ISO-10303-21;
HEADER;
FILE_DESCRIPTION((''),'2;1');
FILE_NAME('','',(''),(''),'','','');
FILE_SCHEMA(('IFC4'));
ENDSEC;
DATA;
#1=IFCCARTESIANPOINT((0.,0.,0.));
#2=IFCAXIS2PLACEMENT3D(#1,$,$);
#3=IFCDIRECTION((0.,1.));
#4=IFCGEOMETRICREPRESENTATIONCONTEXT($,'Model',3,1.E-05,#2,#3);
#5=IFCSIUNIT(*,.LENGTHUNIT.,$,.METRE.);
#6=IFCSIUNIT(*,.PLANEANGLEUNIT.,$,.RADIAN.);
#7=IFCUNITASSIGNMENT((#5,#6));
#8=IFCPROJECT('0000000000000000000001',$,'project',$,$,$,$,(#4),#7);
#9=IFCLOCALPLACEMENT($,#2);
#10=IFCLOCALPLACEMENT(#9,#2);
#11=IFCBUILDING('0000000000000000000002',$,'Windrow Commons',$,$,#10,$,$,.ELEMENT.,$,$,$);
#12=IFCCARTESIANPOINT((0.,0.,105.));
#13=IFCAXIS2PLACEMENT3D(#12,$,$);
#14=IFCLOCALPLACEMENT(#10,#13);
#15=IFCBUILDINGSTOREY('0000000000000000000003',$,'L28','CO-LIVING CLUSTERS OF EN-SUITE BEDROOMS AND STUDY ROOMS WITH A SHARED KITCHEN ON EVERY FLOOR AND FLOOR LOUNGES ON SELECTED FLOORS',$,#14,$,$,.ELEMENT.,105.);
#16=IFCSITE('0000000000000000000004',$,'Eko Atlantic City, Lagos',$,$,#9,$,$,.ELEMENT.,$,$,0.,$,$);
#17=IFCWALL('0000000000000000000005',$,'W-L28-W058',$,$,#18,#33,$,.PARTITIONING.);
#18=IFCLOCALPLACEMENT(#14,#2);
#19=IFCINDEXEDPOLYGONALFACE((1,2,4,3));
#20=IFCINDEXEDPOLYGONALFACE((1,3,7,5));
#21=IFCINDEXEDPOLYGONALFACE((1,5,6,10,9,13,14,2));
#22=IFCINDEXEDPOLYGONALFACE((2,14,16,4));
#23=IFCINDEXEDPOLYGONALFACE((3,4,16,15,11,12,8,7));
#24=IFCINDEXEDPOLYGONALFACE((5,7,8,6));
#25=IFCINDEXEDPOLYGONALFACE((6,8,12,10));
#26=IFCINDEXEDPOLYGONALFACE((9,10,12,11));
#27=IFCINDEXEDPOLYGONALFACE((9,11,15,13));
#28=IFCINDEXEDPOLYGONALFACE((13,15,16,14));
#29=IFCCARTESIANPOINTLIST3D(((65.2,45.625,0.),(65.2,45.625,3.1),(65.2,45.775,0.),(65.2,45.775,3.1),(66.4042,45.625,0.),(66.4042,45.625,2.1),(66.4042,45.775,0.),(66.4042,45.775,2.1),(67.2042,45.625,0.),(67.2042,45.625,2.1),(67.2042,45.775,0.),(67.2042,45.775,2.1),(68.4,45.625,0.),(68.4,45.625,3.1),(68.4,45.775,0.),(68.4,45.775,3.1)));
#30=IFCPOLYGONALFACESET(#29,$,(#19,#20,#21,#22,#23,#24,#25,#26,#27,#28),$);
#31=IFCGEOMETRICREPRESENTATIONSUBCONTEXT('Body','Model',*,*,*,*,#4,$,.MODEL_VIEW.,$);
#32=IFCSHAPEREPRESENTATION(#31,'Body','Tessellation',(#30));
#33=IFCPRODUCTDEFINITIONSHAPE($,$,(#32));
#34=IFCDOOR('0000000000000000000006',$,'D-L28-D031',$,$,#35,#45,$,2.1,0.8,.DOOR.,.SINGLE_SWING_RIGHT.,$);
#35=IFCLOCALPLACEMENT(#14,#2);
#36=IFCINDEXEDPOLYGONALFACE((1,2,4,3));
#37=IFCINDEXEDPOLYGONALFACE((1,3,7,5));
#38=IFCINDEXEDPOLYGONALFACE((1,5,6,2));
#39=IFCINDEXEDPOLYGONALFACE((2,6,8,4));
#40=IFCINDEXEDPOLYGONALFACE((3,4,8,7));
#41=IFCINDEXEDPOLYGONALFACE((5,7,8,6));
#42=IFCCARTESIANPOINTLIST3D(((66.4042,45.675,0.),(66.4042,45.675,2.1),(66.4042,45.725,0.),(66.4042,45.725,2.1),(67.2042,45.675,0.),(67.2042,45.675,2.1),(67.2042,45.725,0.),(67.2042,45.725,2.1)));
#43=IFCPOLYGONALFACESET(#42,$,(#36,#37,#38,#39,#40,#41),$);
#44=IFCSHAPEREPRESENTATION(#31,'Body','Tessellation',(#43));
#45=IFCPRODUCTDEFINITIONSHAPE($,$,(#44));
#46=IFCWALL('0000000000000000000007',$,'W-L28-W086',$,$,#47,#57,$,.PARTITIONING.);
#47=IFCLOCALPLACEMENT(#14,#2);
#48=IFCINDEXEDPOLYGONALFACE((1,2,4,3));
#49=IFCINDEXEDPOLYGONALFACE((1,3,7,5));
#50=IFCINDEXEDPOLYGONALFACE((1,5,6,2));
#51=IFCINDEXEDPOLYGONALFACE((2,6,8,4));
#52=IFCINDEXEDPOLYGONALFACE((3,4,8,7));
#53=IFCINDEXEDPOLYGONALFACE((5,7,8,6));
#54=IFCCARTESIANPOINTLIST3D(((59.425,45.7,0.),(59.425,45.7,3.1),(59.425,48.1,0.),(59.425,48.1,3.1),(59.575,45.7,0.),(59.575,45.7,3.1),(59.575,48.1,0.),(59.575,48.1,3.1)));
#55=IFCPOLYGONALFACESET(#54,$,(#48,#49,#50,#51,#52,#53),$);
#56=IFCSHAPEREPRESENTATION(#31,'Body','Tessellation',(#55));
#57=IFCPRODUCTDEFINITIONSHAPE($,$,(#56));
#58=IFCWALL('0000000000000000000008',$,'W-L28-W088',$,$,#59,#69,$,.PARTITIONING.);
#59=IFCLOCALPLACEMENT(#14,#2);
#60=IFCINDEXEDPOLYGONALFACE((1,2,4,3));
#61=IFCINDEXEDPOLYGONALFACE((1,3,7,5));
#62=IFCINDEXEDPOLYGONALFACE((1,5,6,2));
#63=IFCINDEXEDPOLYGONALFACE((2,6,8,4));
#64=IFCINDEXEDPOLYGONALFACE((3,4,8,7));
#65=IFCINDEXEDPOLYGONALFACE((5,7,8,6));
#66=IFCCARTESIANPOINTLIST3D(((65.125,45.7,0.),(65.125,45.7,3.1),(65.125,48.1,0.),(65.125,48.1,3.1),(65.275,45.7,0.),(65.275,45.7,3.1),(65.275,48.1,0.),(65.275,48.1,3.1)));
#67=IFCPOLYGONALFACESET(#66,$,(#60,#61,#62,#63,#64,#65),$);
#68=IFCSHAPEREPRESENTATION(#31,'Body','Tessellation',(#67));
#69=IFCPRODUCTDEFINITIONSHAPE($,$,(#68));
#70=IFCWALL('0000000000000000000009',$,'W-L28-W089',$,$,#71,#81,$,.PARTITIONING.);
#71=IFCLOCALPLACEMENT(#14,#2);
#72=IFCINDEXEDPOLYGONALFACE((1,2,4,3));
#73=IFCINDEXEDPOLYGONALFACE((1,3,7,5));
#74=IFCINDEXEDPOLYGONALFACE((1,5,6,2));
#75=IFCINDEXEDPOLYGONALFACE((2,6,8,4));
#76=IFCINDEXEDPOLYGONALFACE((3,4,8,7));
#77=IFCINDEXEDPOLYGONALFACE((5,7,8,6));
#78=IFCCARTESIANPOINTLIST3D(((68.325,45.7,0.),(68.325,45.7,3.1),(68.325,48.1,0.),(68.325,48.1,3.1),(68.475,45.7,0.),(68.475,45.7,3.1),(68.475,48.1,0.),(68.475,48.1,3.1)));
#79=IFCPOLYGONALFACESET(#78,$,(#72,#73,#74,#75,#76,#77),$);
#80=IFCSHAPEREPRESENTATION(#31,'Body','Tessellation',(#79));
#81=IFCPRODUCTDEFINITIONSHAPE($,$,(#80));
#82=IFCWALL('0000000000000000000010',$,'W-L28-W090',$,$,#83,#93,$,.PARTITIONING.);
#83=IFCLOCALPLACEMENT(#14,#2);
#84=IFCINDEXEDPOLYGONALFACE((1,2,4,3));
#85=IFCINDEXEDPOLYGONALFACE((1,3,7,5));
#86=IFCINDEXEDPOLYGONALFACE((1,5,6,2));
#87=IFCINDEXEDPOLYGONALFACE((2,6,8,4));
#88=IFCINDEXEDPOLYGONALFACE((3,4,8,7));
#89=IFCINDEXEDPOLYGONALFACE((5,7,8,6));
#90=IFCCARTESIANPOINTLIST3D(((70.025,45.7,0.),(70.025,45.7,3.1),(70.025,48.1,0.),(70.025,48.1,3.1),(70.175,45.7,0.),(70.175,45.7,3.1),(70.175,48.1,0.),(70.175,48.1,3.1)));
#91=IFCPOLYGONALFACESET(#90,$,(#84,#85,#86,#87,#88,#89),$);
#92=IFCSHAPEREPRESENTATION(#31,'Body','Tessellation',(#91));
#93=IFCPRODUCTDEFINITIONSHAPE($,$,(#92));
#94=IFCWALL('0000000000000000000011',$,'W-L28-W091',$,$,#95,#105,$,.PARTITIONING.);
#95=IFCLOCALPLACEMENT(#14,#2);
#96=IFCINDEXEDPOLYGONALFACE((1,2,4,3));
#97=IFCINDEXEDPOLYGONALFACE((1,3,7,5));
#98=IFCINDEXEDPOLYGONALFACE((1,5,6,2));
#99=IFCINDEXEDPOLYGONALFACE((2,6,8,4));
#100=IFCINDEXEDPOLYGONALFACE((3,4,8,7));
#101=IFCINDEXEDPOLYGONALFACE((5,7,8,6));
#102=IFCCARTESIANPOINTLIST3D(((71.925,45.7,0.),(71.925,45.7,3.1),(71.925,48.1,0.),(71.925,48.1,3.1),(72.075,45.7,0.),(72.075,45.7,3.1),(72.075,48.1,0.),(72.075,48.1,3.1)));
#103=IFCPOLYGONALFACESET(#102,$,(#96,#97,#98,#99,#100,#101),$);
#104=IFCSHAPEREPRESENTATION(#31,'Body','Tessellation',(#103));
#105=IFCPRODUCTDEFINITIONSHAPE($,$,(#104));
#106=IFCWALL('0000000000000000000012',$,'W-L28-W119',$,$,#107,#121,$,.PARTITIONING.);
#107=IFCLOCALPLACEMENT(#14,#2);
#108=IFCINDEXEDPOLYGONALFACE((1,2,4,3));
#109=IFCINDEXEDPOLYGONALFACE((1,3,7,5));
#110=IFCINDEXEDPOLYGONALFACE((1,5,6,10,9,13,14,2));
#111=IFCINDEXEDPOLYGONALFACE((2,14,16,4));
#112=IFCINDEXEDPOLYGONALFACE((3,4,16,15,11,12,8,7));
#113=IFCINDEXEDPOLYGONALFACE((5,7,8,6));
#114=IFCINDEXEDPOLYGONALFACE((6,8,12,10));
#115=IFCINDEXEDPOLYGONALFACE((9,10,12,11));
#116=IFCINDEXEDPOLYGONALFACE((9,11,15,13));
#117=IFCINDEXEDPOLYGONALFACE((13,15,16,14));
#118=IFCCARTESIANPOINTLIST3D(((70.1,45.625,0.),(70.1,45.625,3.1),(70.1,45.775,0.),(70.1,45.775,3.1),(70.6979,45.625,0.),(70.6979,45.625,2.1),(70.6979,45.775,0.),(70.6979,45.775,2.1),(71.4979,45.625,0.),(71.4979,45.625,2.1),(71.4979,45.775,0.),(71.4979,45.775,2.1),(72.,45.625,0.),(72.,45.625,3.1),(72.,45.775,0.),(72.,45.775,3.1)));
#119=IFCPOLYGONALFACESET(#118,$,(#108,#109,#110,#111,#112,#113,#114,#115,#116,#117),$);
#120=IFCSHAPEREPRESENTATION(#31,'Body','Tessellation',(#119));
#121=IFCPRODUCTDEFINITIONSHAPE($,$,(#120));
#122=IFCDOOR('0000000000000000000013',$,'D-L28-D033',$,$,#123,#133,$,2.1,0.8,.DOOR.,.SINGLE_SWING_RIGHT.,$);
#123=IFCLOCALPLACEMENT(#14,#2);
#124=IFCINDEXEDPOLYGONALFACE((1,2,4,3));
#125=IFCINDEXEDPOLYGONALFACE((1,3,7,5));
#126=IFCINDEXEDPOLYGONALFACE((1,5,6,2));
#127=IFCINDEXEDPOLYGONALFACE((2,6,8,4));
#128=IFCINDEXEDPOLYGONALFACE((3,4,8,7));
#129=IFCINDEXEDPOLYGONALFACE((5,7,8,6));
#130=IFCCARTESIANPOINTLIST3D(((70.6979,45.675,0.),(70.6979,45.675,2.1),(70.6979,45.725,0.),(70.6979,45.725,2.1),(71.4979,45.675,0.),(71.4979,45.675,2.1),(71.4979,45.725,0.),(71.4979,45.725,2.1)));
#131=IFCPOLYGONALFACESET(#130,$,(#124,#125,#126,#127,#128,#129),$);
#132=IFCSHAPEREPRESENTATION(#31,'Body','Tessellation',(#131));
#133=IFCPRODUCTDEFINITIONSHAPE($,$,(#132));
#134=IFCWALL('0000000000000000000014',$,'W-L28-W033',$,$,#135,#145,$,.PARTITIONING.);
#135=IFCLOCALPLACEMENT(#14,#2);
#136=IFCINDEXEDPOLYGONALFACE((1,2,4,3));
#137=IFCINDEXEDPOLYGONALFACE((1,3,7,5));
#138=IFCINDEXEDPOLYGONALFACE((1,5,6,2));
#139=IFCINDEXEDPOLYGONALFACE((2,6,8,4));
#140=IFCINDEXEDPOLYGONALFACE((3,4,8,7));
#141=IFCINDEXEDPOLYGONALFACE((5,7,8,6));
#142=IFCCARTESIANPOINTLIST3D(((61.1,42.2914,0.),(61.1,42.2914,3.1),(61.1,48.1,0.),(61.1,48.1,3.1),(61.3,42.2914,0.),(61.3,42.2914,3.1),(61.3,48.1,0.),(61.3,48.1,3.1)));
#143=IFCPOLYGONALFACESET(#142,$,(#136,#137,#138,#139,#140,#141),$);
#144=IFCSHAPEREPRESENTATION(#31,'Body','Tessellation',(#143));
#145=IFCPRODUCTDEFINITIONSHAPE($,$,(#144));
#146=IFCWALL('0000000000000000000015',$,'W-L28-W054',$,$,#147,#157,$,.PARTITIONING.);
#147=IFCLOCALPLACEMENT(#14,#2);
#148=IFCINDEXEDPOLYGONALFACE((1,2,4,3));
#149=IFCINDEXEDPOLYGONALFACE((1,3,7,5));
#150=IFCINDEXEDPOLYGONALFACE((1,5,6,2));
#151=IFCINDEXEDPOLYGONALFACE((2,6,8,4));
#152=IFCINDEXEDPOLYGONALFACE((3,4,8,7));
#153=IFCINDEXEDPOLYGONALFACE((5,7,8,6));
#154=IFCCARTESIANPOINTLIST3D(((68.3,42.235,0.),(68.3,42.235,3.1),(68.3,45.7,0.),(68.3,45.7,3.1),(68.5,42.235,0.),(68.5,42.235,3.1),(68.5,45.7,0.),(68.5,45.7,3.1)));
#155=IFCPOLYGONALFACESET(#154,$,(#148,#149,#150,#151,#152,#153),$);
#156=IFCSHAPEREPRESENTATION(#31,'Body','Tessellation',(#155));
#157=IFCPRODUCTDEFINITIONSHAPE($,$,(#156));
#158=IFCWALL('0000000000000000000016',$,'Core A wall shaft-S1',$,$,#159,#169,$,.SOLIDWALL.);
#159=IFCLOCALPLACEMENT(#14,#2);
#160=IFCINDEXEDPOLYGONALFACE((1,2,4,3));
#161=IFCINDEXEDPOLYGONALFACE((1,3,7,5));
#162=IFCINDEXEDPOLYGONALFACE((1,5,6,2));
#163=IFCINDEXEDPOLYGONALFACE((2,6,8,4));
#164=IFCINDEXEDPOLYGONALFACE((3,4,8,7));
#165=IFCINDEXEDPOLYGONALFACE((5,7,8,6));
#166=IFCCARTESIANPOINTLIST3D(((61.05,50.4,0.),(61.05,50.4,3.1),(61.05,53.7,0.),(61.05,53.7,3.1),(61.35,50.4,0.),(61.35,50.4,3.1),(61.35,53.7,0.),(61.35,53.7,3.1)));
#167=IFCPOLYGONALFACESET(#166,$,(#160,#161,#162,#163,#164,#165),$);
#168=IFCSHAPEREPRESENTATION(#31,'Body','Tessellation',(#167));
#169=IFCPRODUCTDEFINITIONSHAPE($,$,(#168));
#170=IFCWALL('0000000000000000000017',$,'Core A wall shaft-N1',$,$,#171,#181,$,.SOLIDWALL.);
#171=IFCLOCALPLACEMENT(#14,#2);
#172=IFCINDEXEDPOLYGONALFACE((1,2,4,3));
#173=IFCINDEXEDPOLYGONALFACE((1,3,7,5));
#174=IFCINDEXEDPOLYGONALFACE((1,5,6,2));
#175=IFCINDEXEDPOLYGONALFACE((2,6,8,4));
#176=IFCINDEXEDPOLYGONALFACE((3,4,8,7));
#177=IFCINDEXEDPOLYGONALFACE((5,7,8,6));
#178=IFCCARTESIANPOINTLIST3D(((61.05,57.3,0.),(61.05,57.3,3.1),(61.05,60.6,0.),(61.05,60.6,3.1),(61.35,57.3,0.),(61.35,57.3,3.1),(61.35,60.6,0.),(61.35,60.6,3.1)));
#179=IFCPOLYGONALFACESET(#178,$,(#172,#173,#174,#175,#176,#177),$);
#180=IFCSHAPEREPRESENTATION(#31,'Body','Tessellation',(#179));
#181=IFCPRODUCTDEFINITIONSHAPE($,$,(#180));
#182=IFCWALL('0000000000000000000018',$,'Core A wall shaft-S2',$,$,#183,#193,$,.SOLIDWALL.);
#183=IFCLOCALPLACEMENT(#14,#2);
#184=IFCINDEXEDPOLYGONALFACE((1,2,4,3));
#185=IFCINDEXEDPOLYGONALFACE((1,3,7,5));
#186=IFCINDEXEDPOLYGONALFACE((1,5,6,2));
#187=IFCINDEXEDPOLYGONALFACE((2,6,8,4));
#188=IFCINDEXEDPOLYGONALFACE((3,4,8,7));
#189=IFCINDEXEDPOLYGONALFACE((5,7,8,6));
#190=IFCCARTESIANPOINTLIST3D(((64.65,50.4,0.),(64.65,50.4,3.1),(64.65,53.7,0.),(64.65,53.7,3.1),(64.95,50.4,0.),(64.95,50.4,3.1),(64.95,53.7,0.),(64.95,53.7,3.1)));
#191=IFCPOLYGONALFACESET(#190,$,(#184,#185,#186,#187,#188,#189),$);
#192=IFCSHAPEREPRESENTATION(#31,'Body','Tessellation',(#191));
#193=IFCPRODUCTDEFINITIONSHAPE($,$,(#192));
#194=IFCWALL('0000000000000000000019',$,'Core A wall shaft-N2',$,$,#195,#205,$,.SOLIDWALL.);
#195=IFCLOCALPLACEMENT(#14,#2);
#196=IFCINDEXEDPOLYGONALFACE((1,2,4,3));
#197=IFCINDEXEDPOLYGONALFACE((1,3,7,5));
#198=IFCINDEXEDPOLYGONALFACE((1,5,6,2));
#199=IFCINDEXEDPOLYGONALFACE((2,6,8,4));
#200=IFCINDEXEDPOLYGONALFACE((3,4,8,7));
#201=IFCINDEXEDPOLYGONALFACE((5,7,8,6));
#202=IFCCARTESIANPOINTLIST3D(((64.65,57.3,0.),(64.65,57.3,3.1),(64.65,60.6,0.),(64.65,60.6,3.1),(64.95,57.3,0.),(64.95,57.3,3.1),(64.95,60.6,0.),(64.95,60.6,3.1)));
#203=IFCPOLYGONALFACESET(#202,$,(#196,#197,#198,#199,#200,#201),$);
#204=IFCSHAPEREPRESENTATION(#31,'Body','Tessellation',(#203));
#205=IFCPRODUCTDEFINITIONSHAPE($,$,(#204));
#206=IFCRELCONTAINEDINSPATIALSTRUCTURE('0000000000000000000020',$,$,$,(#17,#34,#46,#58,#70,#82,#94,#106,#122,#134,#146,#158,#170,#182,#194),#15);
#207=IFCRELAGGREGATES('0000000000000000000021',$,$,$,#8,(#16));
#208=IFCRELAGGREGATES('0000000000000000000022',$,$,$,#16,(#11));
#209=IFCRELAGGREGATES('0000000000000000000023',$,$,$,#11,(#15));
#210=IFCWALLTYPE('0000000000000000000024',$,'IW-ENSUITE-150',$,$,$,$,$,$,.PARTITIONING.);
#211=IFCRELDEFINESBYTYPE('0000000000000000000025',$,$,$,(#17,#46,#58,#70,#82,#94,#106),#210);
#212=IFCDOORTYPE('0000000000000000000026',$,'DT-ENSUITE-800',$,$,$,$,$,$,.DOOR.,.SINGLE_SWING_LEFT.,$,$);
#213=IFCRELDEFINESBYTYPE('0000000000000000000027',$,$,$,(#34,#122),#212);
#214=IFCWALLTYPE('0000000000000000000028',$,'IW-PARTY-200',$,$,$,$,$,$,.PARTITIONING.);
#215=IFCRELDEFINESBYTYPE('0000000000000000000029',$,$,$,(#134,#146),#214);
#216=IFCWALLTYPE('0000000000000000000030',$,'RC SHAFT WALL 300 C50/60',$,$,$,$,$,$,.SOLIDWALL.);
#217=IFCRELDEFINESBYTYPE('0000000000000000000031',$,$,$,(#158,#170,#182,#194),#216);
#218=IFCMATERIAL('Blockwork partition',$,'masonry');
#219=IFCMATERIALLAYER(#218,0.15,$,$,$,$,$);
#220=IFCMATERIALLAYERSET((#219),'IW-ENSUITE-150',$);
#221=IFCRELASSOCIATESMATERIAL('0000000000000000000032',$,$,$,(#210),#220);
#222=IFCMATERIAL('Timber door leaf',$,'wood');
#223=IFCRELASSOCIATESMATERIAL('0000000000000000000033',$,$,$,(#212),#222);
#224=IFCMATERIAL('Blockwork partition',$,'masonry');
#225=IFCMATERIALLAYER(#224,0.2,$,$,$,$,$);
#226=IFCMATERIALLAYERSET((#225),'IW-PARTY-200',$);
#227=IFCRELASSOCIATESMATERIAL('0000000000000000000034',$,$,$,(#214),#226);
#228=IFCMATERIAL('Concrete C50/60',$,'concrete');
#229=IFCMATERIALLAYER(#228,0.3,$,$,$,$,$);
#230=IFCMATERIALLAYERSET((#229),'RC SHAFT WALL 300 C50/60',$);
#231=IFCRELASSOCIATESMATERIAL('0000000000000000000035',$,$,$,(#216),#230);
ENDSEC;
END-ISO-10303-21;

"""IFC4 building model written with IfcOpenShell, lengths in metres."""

from ifc_helpers import new_model, si_unit, direction, frame, frame_2d, origin, place, context, subcontext, project, spatial, rectangle, extrude, material, layer, layer_set, type_object, element, fill, save


model = new_model("IFC4")

# Units and contexts
model_context = context("Model", 3, precision=1e-05, world=origin(), true_north=direction((0.0, 1.0)))
body_context = subcontext(model_context, "Body", "Model", "MODEL_VIEW")
ifc_project = project(units=[si_unit("LENGTHUNIT", "METRE"), si_unit("PLANEANGLEUNIT", "RADIAN")], contexts=[model_context])

# Site, building, storey
site_placement = place(None, origin())
site = spatial("IfcSite", under=ifc_project, at=site_placement, Name="Eko Atlantic City, Lagos", CompositionType="ELEMENT", RefElevation=0.0)
building_placement = place(site_placement, origin())
building = spatial("IfcBuilding", under=site, at=building_placement, Name="Windrow Commons", CompositionType="ELEMENT")
storey_placement = place(building_placement, frame((0.0, 0.0, 105.0)))
storey = spatial("IfcBuildingStorey", under=building, at=storey_placement, Name="L28", Description="CO-LIVING CLUSTERS OF EN-SUITE BEDROOMS AND STUDY ROOMS WITH A SHARED KITCHEN ON EVERY FLOOR AND FLOOR LOUNGES ON SELECTED FLOORS", CompositionType="ELEMENT", Elevation=105.0)

# Wall, opening, door
ifc_material_1 = material(Name="Blockwork partition", Category="masonry")
ifc_layer_1 = layer(ifc_material_1, 0.15)
ifc_layer_set_1 = layer_set([ifc_layer_1], Name="IW-ENSUITE-150")
wall_type_1 = type_object("IfcWallType", Name="IW-ENSUITE-150", PredefinedType="PARTITIONING", material=ifc_layer_set_1)
wall_1_placement = place(storey_placement, frame((65.2, 45.7, 0.0), z_axis=(0.0, 0.0, 1.0), x_axis=(1.0, 0.0, 0.0)))
wall_1 = element("IfcWall", 1, at=wall_1_placement, inside=storey, type_object=wall_type_1, Name="W-L28-W058", PredefinedType="PARTITIONING", context=body_context, shape_type="SweptSolid", body=[
    extrude(rectangle(XDim=3.2, YDim=0.15, at=frame_2d((1.6, 0.0))), origin(), (0.0, 0.0, 1.0), 3.1),
])
opening_1_placement = place(wall_1_placement, frame((1.2042, 0.0, 0.0)))
opening_1 = element("IfcOpeningElement", 2, at=opening_1_placement, cuts=wall_1, PredefinedType="OPENING", context=body_context, shape_type="SweptSolid", body=[
    extrude(rectangle(XDim=0.8, YDim=2.1, at=frame_2d((0.4, 1.05))), frame((0.0, 0.085, 0.0), z_axis=(0.0, -1.0, 0.0), x_axis=(1.0, 0.0, 0.0)), (0.0, 0.0, 1.0), 0.17),
])
ifc_material_2 = material(Name="Timber door leaf", Category="wood")
door_type = type_object("IfcDoorType", Name="DT-ENSUITE-800", OperationType="SINGLE_SWING_LEFT", PredefinedType="DOOR", material=ifc_material_2)
door_1_placement = place(opening_1_placement, origin())
door_1 = element("IfcDoor", 3, at=door_1_placement, inside=storey, type_object=door_type, Name="D-L28-D031", OperationType="SINGLE_SWING_RIGHT", OverallHeight=2.1, OverallWidth=0.8, PredefinedType="DOOR", context=body_context, shape_type="SweptSolid", body=[
    extrude(rectangle(XDim=0.8, YDim=2.1, at=frame_2d((0.4, 1.05))), frame((0.0, 0.025, 0.0), z_axis=(0.0, -1.0, 0.0), x_axis=(1.0, 0.0, 0.0)), (0.0, 0.0, 1.0), 0.05),
])
fill(opening_1, door_1)

# Walls
for number, where, z_axis, x_axis, name in (
    (4, (59.5, 45.7, 0.0), (0.0, 0.0, 1.0), (0.0, 1.0, 0.0), "W-L28-W086"),
    (5, (65.2, 45.7, 0.0), (0.0, 0.0, 1.0), (0.0, 1.0, 0.0), "W-L28-W088"),
    (6, (68.4, 45.7, 0.0), (0.0, 0.0, 1.0), (0.0, 1.0, 0.0), "W-L28-W089"),
    (7, (70.1, 45.7, 0.0), (0.0, 0.0, 1.0), (0.0, 1.0, 0.0), "W-L28-W090"),
    (8, (72.0, 45.7, 0.0), (0.0, 0.0, 1.0), (0.0, 1.0, 0.0), "W-L28-W091"),
):
    element("IfcWall", number, at=place(storey_placement, frame(where, z_axis=z_axis, x_axis=x_axis)), inside=storey, type_object=wall_type_1, Name=name, PredefinedType="PARTITIONING", context=body_context, shape_type="SweptSolid", body=[
        extrude(rectangle(XDim=2.4, YDim=0.15, at=frame_2d((1.2, 0.0))), origin(), (0.0, 0.0, 1.0), 3.1),
    ])

# Wall, opening, door
wall_2_placement = place(storey_placement, frame((70.1, 45.7, 0.0), z_axis=(0.0, 0.0, 1.0), x_axis=(1.0, 0.0, 0.0)))
wall_2 = element("IfcWall", 9, at=wall_2_placement, inside=storey, type_object=wall_type_1, Name="W-L28-W119", PredefinedType="PARTITIONING", context=body_context, shape_type="SweptSolid", body=[
    extrude(rectangle(XDim=1.9, YDim=0.15, at=frame_2d((0.95, 0.0))), origin(), (0.0, 0.0, 1.0), 3.1),
])
opening_2_placement = place(wall_2_placement, frame((0.5979, 0.0, 0.0)))
opening_2 = element("IfcOpeningElement", 10, at=opening_2_placement, cuts=wall_2, PredefinedType="OPENING", context=body_context, shape_type="SweptSolid", body=[
    extrude(rectangle(XDim=0.8, YDim=2.1, at=frame_2d((0.4, 1.05))), frame((0.0, 0.085, 0.0), z_axis=(0.0, -1.0, 0.0), x_axis=(1.0, 0.0, 0.0)), (0.0, 0.0, 1.0), 0.17),
])
door_2_placement = place(opening_2_placement, origin())
door_2 = element("IfcDoor", 11, at=door_2_placement, inside=storey, type_object=door_type, Name="D-L28-D033", OperationType="SINGLE_SWING_RIGHT", OverallHeight=2.1, OverallWidth=0.8, PredefinedType="DOOR", context=body_context, shape_type="SweptSolid", body=[
    extrude(rectangle(XDim=0.8, YDim=2.1, at=frame_2d((0.4, 1.05))), frame((0.0, 0.025, 0.0), z_axis=(0.0, -1.0, 0.0), x_axis=(1.0, 0.0, 0.0)), (0.0, 0.0, 1.0), 0.05),
])
fill(opening_2, door_2)

# Walls
ifc_material_3 = material(Name="Blockwork partition", Category="masonry")
ifc_layer_2 = layer(ifc_material_3, 0.2)
ifc_layer_set_2 = layer_set([ifc_layer_2], Name="IW-PARTY-200")
wall_type_2 = type_object("IfcWallType", Name="IW-PARTY-200", PredefinedType="PARTITIONING", material=ifc_layer_set_2)
wall_3_placement = place(storey_placement, frame((61.2, 42.2914, 0.0), z_axis=(0.0, 0.0, 1.0), x_axis=(0.0, 1.0, 0.0)))
element("IfcWall", 12, at=wall_3_placement, inside=storey, type_object=wall_type_2, Name="W-L28-W033", PredefinedType="PARTITIONING", context=body_context, shape_type="SweptSolid", body=[
    extrude(rectangle(XDim=5.8086, YDim=0.2, at=frame_2d((2.9043, 0.0))), origin(), (0.0, 0.0, 1.0), 3.1),
])
wall_4_placement = place(storey_placement, frame((68.4, 42.235, 0.0), z_axis=(0.0, 0.0, 1.0), x_axis=(0.0, 1.0, 0.0)))
element("IfcWall", 13, at=wall_4_placement, inside=storey, type_object=wall_type_2, Name="W-L28-W054", PredefinedType="PARTITIONING", context=body_context, shape_type="SweptSolid", body=[
    extrude(rectangle(XDim=3.465, YDim=0.2, at=frame_2d((1.7325, 0.0))), origin(), (0.0, 0.0, 1.0), 3.1),
])
ifc_material_4 = material(Name="Concrete C50/60", Category="concrete")
ifc_layer_3 = layer(ifc_material_4, 0.3)
ifc_layer_set_3 = layer_set([ifc_layer_3], Name="RC SHAFT WALL 300 C50/60")
wall_type_3 = type_object("IfcWallType", Name="RC SHAFT WALL 300 C50/60", PredefinedType="SOLIDWALL", material=ifc_layer_set_3)
for number, where, z_axis, x_axis, name in (
    (14, (61.2, 50.4, 0.0), (0.0, 0.0, 1.0), (0.0, 1.0, 0.0), "Core A wall shaft-S1"),
    (15, (61.2, 57.3, 0.0), (0.0, 0.0, 1.0), (0.0, 1.0, 0.0), "Core A wall shaft-N1"),
    (16, (64.8, 50.4, 0.0), (0.0, 0.0, 1.0), (0.0, 1.0, 0.0), "Core A wall shaft-S2"),
    (17, (64.8, 57.3, 0.0), (0.0, 0.0, 1.0), (0.0, 1.0, 0.0), "Core A wall shaft-N2"),
):
    element("IfcWall", number, at=place(storey_placement, frame(where, z_axis=z_axis, x_axis=x_axis)), inside=storey, type_object=wall_type_3, Name=name, PredefinedType="SOLIDWALL", context=body_context, shape_type="SweptSolid", body=[
        extrude(rectangle(XDim=3.3, YDim=0.3, at=frame_2d((1.65, 0.0))), origin(), (0.0, 0.0, 1.0), 3.1),
    ])

save(model, "model.ifc")
